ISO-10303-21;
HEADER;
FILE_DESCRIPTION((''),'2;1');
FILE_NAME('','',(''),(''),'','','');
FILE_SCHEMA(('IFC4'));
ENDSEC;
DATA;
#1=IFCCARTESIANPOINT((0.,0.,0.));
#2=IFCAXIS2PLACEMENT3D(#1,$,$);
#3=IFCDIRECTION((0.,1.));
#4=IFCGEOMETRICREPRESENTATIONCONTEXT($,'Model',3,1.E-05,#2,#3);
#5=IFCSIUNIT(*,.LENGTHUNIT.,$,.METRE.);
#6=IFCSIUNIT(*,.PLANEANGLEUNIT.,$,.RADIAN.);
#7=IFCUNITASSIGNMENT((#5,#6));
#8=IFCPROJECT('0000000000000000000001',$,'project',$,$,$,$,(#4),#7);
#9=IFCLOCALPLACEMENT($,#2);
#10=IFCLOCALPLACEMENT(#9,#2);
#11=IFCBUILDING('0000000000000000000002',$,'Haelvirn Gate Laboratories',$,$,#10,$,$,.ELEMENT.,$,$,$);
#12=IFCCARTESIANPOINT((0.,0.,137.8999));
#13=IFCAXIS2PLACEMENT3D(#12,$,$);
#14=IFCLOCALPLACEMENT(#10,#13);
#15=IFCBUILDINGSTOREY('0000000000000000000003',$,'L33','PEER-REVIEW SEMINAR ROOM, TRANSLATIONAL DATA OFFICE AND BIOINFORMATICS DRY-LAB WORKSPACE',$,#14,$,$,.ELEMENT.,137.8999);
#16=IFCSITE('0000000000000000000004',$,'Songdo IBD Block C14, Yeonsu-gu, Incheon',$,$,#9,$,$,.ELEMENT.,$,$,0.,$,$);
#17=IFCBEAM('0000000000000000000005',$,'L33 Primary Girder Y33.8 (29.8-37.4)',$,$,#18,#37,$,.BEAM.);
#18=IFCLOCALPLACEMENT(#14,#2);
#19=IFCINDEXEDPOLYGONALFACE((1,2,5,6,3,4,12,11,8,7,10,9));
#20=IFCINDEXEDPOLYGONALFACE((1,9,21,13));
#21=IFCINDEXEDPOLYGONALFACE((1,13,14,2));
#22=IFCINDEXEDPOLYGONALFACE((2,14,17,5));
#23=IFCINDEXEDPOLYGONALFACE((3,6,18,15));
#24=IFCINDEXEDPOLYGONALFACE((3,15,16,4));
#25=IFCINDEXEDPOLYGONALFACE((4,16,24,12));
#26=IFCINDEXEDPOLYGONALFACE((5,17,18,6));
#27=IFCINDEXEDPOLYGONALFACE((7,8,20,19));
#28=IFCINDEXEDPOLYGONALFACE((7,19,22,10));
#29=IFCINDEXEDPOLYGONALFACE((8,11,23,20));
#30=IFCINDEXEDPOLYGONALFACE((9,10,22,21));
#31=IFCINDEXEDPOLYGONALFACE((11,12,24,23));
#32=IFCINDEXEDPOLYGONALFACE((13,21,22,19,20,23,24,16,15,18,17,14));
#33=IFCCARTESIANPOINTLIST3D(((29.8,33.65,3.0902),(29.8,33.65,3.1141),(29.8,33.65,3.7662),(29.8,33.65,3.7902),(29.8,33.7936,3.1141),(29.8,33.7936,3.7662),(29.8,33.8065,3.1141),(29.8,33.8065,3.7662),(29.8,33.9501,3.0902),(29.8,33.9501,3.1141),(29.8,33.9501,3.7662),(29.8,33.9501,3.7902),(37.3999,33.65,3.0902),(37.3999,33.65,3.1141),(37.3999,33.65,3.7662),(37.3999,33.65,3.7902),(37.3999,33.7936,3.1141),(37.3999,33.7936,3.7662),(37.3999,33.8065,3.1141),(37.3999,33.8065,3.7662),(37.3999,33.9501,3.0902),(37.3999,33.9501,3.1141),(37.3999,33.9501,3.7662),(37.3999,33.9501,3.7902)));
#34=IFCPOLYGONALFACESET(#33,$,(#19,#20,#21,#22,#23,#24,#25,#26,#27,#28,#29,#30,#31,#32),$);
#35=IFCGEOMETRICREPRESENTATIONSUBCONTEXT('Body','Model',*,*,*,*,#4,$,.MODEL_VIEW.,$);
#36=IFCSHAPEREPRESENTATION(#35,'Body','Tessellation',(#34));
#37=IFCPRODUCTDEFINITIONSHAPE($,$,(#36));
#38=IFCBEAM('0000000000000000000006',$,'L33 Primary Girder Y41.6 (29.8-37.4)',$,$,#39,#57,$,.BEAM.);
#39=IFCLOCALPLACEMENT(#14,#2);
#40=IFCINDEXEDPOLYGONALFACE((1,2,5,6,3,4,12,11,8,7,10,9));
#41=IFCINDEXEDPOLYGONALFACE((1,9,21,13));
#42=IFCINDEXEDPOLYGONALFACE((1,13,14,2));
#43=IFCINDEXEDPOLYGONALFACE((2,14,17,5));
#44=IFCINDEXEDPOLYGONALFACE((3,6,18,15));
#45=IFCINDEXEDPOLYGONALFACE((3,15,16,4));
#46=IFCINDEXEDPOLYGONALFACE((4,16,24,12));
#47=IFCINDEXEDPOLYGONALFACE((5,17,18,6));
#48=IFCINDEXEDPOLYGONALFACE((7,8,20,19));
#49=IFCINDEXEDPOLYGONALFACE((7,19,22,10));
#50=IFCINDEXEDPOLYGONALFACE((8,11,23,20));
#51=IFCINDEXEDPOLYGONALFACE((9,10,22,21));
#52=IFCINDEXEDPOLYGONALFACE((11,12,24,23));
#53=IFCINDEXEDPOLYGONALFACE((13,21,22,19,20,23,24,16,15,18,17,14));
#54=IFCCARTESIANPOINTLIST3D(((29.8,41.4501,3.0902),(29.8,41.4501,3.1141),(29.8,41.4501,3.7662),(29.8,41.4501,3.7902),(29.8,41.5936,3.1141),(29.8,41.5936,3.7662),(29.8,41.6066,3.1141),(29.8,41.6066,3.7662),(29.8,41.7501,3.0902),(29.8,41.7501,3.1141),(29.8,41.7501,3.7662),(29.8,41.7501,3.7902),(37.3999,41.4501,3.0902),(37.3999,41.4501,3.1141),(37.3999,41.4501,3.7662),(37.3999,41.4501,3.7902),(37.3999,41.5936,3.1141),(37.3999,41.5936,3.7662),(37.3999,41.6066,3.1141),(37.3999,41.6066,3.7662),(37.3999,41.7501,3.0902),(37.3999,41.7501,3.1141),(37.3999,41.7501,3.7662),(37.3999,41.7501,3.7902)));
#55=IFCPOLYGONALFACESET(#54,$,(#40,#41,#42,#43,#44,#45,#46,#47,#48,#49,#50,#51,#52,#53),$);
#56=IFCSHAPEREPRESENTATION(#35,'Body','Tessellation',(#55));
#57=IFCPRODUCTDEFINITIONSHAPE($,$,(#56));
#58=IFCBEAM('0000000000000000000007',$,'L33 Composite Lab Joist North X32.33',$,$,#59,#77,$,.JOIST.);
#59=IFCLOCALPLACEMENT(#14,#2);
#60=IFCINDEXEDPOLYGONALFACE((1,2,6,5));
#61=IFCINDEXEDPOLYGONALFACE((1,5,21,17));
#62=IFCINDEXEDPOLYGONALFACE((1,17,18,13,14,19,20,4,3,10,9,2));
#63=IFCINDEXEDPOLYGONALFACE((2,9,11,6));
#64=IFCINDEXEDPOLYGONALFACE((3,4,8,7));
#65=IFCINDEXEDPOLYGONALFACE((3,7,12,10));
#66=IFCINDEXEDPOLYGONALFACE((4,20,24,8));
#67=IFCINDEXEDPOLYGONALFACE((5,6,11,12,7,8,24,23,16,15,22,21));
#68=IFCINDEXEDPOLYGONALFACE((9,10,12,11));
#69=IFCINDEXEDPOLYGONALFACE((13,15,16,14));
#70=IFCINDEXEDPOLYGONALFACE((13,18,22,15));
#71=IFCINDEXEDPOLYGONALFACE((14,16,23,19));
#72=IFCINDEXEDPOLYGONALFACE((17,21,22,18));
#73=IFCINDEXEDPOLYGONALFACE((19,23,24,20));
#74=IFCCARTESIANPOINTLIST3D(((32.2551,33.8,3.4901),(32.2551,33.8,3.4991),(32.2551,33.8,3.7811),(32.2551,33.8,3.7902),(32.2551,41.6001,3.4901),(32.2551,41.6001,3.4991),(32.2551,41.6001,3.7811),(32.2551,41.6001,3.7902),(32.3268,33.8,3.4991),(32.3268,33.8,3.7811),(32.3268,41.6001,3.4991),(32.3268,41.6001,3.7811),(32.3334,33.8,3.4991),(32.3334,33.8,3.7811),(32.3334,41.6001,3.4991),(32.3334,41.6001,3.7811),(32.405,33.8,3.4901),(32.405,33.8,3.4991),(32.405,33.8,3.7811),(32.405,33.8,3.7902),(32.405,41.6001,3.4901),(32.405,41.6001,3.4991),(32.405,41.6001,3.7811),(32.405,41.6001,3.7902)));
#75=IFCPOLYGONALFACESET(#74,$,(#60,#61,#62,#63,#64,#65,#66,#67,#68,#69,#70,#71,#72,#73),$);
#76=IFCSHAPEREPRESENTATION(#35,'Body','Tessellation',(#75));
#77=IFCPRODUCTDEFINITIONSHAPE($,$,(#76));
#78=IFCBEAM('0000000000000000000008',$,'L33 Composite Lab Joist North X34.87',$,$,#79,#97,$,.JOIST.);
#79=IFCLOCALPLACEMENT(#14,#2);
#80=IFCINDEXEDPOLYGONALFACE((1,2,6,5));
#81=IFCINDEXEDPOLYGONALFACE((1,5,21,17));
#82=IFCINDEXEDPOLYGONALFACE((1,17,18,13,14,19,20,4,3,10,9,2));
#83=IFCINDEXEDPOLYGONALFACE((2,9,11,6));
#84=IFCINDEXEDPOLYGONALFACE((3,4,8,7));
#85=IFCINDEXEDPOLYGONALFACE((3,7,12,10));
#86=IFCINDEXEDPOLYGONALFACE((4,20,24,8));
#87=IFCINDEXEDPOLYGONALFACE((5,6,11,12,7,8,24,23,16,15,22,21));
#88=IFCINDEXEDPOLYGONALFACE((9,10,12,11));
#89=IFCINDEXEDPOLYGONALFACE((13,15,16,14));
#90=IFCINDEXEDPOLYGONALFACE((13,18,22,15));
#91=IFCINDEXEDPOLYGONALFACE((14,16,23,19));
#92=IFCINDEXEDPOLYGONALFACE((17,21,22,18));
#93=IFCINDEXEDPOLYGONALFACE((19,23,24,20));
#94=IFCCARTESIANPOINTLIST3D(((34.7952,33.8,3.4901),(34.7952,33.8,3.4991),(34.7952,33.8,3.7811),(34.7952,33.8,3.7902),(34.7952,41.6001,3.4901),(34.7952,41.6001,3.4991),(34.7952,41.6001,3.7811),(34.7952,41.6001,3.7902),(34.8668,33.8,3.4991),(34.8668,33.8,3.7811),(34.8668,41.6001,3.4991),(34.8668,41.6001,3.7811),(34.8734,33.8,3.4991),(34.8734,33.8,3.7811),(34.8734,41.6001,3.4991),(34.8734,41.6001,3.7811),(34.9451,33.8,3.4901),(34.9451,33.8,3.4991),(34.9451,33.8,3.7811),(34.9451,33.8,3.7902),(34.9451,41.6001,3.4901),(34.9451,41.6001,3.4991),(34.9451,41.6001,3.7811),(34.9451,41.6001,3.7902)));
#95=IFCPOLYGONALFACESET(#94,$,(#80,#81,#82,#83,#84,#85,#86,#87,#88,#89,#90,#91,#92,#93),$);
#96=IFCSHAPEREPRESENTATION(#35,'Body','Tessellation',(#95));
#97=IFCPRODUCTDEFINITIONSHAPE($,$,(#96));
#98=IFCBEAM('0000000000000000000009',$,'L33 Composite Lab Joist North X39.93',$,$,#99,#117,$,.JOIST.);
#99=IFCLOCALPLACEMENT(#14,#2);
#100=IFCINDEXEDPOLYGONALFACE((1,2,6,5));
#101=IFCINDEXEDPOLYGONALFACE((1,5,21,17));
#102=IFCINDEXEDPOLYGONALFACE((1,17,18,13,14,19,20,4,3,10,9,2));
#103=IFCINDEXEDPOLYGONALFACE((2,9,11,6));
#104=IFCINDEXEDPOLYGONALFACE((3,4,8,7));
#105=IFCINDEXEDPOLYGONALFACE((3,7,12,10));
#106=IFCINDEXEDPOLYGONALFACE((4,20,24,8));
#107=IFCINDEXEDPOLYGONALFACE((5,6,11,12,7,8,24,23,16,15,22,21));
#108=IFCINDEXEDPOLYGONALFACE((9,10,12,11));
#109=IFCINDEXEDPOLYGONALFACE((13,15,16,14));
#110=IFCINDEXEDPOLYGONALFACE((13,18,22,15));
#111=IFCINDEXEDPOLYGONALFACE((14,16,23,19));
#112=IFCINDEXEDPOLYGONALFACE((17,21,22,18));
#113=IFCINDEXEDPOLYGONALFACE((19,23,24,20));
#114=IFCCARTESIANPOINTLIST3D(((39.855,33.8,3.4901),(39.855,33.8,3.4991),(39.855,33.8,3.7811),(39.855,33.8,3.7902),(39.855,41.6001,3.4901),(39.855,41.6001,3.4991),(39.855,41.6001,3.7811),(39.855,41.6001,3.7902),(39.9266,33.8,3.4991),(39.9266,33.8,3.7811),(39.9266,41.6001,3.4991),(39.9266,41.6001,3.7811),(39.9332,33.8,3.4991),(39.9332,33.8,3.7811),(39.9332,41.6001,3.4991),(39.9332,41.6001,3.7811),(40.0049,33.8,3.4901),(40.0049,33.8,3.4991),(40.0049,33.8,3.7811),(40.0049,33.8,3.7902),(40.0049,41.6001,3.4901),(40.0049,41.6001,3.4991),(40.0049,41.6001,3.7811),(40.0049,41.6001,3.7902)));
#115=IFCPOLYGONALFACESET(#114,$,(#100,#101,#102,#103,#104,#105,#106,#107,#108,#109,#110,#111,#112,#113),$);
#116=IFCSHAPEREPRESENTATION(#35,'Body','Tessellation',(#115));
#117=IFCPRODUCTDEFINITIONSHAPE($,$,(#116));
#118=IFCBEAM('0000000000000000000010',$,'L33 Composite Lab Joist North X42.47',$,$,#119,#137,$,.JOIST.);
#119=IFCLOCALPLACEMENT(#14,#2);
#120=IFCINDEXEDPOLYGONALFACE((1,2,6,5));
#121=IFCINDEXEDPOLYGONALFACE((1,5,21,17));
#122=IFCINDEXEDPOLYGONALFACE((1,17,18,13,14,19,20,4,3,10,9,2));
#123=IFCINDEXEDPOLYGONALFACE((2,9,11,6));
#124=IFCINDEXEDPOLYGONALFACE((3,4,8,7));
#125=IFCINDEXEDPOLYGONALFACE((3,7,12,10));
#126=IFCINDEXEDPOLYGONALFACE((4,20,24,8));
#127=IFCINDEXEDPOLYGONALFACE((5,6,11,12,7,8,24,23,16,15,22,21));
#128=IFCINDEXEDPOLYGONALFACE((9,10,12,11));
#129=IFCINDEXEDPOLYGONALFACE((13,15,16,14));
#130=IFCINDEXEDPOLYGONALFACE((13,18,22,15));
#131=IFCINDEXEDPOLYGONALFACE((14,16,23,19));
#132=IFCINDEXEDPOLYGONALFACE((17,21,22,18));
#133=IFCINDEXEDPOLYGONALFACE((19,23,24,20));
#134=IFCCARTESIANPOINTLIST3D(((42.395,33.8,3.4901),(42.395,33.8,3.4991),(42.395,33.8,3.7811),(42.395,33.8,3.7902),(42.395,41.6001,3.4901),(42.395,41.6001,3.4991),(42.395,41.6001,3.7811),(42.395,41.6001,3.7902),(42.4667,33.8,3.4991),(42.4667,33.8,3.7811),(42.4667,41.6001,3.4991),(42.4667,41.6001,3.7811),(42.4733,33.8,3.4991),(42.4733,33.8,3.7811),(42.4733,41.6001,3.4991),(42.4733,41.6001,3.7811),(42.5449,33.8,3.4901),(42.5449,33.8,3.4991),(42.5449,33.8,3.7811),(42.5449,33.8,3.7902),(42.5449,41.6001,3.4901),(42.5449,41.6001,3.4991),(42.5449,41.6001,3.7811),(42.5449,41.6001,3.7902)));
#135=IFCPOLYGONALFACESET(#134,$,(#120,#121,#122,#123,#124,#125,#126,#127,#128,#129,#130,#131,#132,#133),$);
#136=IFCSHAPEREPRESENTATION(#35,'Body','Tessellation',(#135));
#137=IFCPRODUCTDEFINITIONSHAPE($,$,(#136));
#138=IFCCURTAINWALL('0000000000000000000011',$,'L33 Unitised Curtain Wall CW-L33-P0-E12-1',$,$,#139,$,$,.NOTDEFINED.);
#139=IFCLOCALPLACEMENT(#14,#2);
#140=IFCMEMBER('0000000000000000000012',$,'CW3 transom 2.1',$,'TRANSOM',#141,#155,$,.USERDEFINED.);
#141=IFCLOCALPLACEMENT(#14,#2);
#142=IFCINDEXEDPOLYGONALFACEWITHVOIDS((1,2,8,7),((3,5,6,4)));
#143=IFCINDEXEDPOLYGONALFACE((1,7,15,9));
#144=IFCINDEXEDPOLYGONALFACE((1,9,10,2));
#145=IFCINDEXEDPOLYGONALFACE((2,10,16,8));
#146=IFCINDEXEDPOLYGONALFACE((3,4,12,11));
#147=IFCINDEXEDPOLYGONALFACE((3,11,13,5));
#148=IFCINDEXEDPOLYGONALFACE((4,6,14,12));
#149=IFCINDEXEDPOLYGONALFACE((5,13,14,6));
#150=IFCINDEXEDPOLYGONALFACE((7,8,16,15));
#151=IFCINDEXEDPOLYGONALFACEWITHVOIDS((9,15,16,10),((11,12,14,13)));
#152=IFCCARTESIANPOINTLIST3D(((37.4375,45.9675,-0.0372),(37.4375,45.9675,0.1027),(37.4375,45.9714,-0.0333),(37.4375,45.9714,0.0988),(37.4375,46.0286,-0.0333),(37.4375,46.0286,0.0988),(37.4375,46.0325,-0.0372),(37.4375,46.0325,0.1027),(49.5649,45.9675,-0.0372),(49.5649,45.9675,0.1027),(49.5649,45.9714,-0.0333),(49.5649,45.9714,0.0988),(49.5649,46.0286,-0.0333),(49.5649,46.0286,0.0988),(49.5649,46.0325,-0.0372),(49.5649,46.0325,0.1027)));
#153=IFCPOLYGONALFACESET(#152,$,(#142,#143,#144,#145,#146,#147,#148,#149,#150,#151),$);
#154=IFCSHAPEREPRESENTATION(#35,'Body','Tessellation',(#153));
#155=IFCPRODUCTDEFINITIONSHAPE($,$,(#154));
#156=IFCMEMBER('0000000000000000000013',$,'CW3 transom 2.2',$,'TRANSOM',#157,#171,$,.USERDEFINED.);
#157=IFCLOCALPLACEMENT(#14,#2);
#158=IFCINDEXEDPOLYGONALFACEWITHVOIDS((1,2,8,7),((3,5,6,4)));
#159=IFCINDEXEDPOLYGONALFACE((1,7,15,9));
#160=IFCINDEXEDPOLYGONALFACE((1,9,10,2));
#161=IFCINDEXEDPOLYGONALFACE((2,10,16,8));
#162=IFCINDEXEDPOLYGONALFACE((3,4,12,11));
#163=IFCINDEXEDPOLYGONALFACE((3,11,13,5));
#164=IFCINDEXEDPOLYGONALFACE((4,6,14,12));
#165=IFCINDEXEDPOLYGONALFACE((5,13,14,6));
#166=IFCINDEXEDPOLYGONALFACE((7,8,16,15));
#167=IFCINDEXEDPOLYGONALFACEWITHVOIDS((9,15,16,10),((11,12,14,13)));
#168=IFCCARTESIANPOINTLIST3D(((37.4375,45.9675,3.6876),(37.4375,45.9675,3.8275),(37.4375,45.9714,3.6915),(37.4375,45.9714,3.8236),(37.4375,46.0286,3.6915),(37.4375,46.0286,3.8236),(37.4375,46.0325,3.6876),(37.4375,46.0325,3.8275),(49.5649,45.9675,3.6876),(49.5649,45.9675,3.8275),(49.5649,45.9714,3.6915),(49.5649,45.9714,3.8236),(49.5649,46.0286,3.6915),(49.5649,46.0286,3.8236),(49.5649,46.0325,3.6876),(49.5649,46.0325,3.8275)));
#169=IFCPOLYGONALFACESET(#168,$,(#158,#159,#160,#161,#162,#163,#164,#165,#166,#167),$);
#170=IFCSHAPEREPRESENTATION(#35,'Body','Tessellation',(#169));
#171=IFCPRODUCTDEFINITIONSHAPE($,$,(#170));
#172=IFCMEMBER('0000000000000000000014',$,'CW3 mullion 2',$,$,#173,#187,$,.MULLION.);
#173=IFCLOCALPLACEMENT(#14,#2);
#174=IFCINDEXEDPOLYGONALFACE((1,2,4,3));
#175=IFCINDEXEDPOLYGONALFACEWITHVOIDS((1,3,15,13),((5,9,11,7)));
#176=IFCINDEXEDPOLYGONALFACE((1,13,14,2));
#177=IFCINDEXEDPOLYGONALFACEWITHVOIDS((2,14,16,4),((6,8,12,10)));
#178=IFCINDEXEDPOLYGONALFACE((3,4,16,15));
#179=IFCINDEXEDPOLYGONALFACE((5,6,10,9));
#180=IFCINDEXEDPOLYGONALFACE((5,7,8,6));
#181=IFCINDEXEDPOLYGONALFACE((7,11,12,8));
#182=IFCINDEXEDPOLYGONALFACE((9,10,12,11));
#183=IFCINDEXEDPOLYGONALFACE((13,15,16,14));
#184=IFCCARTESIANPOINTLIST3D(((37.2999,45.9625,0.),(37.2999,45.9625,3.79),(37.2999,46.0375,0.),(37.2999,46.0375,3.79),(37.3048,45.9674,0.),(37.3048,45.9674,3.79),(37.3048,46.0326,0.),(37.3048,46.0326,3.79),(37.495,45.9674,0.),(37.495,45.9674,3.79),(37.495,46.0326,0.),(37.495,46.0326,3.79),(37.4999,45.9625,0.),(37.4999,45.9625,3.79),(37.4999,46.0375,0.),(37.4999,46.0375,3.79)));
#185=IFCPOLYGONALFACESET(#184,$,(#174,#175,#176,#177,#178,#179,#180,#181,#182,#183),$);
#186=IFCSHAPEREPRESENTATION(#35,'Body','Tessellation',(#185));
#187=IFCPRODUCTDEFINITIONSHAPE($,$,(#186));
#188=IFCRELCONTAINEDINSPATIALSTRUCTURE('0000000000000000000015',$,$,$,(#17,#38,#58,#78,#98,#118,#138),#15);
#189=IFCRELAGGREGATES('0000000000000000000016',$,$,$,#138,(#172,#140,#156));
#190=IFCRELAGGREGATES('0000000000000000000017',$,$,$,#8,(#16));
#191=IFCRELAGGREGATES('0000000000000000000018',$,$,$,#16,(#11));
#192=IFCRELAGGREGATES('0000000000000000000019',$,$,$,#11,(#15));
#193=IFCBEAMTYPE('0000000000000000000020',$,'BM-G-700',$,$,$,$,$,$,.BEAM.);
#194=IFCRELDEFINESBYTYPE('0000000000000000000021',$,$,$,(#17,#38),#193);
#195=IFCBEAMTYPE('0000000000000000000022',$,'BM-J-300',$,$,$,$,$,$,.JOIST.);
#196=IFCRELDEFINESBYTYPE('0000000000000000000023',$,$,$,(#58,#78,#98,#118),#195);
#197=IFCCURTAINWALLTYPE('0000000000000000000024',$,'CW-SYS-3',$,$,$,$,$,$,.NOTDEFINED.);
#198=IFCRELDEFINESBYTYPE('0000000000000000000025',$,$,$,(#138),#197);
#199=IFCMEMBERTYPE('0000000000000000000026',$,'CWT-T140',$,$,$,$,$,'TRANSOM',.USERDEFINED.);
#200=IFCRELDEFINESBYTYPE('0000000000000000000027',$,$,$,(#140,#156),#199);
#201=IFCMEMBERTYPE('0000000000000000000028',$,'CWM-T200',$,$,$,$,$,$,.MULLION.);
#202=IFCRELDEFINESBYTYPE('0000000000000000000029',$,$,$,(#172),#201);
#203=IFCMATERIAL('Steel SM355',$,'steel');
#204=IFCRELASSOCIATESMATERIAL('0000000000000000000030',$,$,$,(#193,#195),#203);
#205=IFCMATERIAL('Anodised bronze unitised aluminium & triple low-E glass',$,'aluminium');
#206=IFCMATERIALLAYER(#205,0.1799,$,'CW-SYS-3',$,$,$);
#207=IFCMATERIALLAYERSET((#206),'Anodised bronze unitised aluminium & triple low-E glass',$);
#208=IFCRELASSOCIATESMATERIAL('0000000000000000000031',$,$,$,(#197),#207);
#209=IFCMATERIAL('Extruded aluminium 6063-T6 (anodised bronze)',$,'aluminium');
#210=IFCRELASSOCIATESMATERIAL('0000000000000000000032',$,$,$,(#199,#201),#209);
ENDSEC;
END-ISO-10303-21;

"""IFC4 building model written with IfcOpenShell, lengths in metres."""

from ifc_helpers import new_model, si_unit, direction, frame, origin, origin_2d, place, context, subcontext, project, spatial, hollow_rectangle, i_section, extrude, source, transform, mapped, material, layer, layer_set, material_profile, profile_set, type_object, type_shapes, element, aggregate, save


model = new_model("IFC4")

# Units and contexts
model_context = context("Model", 3, precision=1e-05, world=origin(), true_north=direction((0.0, 1.0)))
body_context = subcontext(model_context, "Body", "Model", "MODEL_VIEW")
ifc_project = project(units=[si_unit("LENGTHUNIT", "METRE"), si_unit("PLANEANGLEUNIT", "RADIAN")], contexts=[model_context])

# Site, building, storey
site_placement = place(None, origin())
site = spatial("IfcSite", under=ifc_project, at=site_placement, Name="Songdo IBD Block C14, Yeonsu-gu, Incheon", CompositionType="ELEMENT", RefElevation=0.0)
building_placement = place(site_placement, origin())
building = spatial("IfcBuilding", under=site, at=building_placement, Name="Haelvirn Gate Laboratories", CompositionType="ELEMENT")
storey_placement = place(building_placement, frame((0.0, 0.0, 137.8999)))
storey = spatial("IfcBuildingStorey", under=building, at=storey_placement, Name="L33", Description="PEER-REVIEW SEMINAR ROOM, TRANSLATIONAL DATA OFFICE AND BIOINFORMATICS DRY-LAB WORKSPACE", CompositionType="ELEMENT", Elevation=137.8999)

# Shared definitions
ifc_material_1 = material(Name="Steel SM355", Category="steel")

# Beams
ifc_material_profile_1 = material_profile(ifc_material_1, i_section(OverallWidth=0.3, OverallDepth=0.7, WebThickness=0.0129, FlangeThickness=0.0239, at=origin_2d()), Name="H-700x300x13x24")
ifc_profile_set_1 = profile_set([ifc_material_profile_1], Name="Steel SM355")
beam_type_1 = type_object("IfcBeamType", Name="BM-G-700", PredefinedType="BEAM", material=ifc_profile_set_1)
shared_shape_1 = source(origin(), body_context, "Body", "SweptSolid", [
    extrude(i_section(OverallWidth=0.3, OverallDepth=0.7, WebThickness=0.0129, FlangeThickness=0.0239, at=origin_2d()), origin(), (0.0, 0.0, 1.0), 7.5999),
])
for number, where, z_axis, x_axis, name in (
    (1, (29.8, 33.8, 3.4402), (1.0, 0.0, 0.0), (0.0, 1.0, 0.0), "L33 Primary Girder Y33.8 (29.8-37.4)"),
    (2, (29.8, 41.6001, 3.4402), (1.0, 0.0, 0.0), (0.0, 1.0, 0.0), "L33 Primary Girder Y41.6 (29.8-37.4)"),
):
    element("IfcBeam", number, at=place(storey_placement, frame(where, z_axis=z_axis, x_axis=x_axis)), inside=storey, type_object=beam_type_1, Name=name, PredefinedType="BEAM", context=body_context, shape_type="MappedRepresentation", body=[
        mapped(shared_shape_1, transform((0.0, 0.0, 0.0), scale=1.0)),
    ])
ifc_material_profile_2 = material_profile(ifc_material_1, i_section(OverallWidth=0.1499, OverallDepth=0.3, WebThickness=0.0066, FlangeThickness=0.009, at=origin_2d()), Name="H-300x150x6.5x9")
ifc_profile_set_2 = profile_set([ifc_material_profile_2], Name="Steel SM355")
beam_type_2 = type_object("IfcBeamType", Name="BM-J-300", PredefinedType="JOIST", material=ifc_profile_set_2)
shared_shape_2 = source(origin(), body_context, "Body", "SweptSolid", [
    extrude(i_section(OverallWidth=0.1499, OverallDepth=0.3, WebThickness=0.0066, FlangeThickness=0.009, at=origin_2d()), origin(), (0.0, 0.0, 1.0), 7.8),
])
type_shapes(beam_type_2, [shared_shape_2])
for number, where, z_axis, x_axis, name in (
    (3, (32.3301, 33.8, 3.6401), (0.0, 1.0, 0.0), (-1.0, 0.0, 0.0), "L33 Composite Lab Joist North X32.33"),
    (4, (34.8701, 33.8, 3.6401), (0.0, 1.0, 0.0), (-1.0, 0.0, 0.0), "L33 Composite Lab Joist North X34.87"),
    (5, (39.9299, 33.8, 3.6401), (0.0, 1.0, 0.0), (-1.0, 0.0, 0.0), "L33 Composite Lab Joist North X39.93"),
    (6, (42.47, 33.8, 3.6401), (0.0, 1.0, 0.0), (-1.0, 0.0, 0.0), "L33 Composite Lab Joist North X42.47"),
):
    element("IfcBeam", number, at=place(storey_placement, frame(where, z_axis=z_axis, x_axis=x_axis)), inside=storey, type_object=beam_type_2, Name=name, PredefinedType="JOIST", context=body_context, shape_type="MappedRepresentation", body=[
        mapped(shared_shape_2, transform((0.0, 0.0, 0.0), scale=1.0)),
    ])

# Curtain wall, members
ifc_material_2 = material(Name="Anodised bronze unitised aluminium & triple low-E glass", Category="aluminium")
ifc_layer_1 = layer(ifc_material_2, 0.1799, Name="CW-SYS-3")
ifc_layer_set_1 = layer_set([ifc_layer_1], Name="Anodised bronze unitised aluminium & triple low-E glass")
curtain_wall_type = type_object("IfcCurtainWallType", Name="CW-SYS-3", PredefinedType="NOTDEFINED", material=ifc_layer_set_1)
curtain_wall_placement = place(storey_placement, origin())
curtain_wall = element("IfcCurtainWall", 7, at=curtain_wall_placement, inside=storey, type_object=curtain_wall_type, Name="L33 Unitised Curtain Wall CW-L33-P0-E12-1", PredefinedType="NOTDEFINED")
ifc_material_3 = material(Name="Extruded aluminium 6063-T6 (anodised bronze)", Category="aluminium")
ifc_material_profile_3 = material_profile(ifc_material_3, hollow_rectangle(XDim=0.0649, YDim=0.1399, WallThickness=0.0039, at=origin_2d()), Name="CWT-140x65x4")
ifc_profile_set_3 = profile_set([ifc_material_profile_3], Name="Extruded aluminium 6063-T6 (anodised bronze)")
member_type_1 = type_object("IfcMemberType", Name="CWT-T140", ElementType="TRANSOM", PredefinedType="USERDEFINED", material=ifc_profile_set_3)
shared_shape_3 = source(origin(), body_context, "Body", "SweptSolid", [
    extrude(hollow_rectangle(XDim=0.0649, YDim=0.1399, WallThickness=0.0039, at=origin_2d()), origin(), (0.0, 0.0, 1.0), 12.1274),
])
type_shapes(member_type_1, [shared_shape_3])
member_1_placement = place(storey_placement, frame((37.4375, 46.0, 0.0327), z_axis=(1.0, 0.0, 0.0), x_axis=(0.0, 1.0, 0.0)))
member_1 = element("IfcMember", 8, at=member_1_placement, type_object=member_type_1, Name="CW3 transom 2.1", ObjectType="TRANSOM", PredefinedType="USERDEFINED", context=body_context, shape_type="MappedRepresentation", body=[
    mapped(shared_shape_3, transform((0.0, 0.0, 0.0), scale=1.0)),
])
member_2_placement = place(storey_placement, frame((37.4375, 46.0, 3.7576), z_axis=(1.0, 0.0, 0.0), x_axis=(0.0, 1.0, 0.0)))
member_2 = element("IfcMember", 9, at=member_2_placement, type_object=member_type_1, Name="CW3 transom 2.2", ObjectType="TRANSOM", PredefinedType="USERDEFINED", context=body_context, shape_type="MappedRepresentation", body=[
    mapped(shared_shape_3, transform((0.0, 0.0, 0.0), scale=1.0)),
])
ifc_material_profile_4 = material_profile(ifc_material_3, hollow_rectangle(XDim=0.075, YDim=0.2, WallThickness=0.0049, at=origin_2d()), Name="CWM-200x75x5")
ifc_profile_set_4 = profile_set([ifc_material_profile_4], Name="Extruded aluminium 6063-T6 (anodised bronze)")
member_type_2 = type_object("IfcMemberType", Name="CWM-T200", PredefinedType="MULLION", material=ifc_profile_set_4)
shared_shape_4 = source(origin(), body_context, "Body", "SweptSolid", [
    extrude(hollow_rectangle(XDim=0.075, YDim=0.2, WallThickness=0.0049, at=origin_2d()), origin(), (0.0, 0.0, 1.0), 3.79),
])
type_shapes(member_type_2, [shared_shape_4])
member_3_placement = place(storey_placement, frame((37.3999, 46.0, 0.0), z_axis=(0.0, 0.0, 1.0), x_axis=(0.0, 1.0, 0.0)))
member_3 = element("IfcMember", 10, at=member_3_placement, type_object=member_type_2, Name="CW3 mullion 2", PredefinedType="MULLION", context=body_context, shape_type="MappedRepresentation", body=[
    mapped(shared_shape_4, transform((0.0, 0.0, 0.0), scale=1.0)),
])
aggregate(curtain_wall, [member_3, member_1, member_2])

save(model, "model.ifc")
